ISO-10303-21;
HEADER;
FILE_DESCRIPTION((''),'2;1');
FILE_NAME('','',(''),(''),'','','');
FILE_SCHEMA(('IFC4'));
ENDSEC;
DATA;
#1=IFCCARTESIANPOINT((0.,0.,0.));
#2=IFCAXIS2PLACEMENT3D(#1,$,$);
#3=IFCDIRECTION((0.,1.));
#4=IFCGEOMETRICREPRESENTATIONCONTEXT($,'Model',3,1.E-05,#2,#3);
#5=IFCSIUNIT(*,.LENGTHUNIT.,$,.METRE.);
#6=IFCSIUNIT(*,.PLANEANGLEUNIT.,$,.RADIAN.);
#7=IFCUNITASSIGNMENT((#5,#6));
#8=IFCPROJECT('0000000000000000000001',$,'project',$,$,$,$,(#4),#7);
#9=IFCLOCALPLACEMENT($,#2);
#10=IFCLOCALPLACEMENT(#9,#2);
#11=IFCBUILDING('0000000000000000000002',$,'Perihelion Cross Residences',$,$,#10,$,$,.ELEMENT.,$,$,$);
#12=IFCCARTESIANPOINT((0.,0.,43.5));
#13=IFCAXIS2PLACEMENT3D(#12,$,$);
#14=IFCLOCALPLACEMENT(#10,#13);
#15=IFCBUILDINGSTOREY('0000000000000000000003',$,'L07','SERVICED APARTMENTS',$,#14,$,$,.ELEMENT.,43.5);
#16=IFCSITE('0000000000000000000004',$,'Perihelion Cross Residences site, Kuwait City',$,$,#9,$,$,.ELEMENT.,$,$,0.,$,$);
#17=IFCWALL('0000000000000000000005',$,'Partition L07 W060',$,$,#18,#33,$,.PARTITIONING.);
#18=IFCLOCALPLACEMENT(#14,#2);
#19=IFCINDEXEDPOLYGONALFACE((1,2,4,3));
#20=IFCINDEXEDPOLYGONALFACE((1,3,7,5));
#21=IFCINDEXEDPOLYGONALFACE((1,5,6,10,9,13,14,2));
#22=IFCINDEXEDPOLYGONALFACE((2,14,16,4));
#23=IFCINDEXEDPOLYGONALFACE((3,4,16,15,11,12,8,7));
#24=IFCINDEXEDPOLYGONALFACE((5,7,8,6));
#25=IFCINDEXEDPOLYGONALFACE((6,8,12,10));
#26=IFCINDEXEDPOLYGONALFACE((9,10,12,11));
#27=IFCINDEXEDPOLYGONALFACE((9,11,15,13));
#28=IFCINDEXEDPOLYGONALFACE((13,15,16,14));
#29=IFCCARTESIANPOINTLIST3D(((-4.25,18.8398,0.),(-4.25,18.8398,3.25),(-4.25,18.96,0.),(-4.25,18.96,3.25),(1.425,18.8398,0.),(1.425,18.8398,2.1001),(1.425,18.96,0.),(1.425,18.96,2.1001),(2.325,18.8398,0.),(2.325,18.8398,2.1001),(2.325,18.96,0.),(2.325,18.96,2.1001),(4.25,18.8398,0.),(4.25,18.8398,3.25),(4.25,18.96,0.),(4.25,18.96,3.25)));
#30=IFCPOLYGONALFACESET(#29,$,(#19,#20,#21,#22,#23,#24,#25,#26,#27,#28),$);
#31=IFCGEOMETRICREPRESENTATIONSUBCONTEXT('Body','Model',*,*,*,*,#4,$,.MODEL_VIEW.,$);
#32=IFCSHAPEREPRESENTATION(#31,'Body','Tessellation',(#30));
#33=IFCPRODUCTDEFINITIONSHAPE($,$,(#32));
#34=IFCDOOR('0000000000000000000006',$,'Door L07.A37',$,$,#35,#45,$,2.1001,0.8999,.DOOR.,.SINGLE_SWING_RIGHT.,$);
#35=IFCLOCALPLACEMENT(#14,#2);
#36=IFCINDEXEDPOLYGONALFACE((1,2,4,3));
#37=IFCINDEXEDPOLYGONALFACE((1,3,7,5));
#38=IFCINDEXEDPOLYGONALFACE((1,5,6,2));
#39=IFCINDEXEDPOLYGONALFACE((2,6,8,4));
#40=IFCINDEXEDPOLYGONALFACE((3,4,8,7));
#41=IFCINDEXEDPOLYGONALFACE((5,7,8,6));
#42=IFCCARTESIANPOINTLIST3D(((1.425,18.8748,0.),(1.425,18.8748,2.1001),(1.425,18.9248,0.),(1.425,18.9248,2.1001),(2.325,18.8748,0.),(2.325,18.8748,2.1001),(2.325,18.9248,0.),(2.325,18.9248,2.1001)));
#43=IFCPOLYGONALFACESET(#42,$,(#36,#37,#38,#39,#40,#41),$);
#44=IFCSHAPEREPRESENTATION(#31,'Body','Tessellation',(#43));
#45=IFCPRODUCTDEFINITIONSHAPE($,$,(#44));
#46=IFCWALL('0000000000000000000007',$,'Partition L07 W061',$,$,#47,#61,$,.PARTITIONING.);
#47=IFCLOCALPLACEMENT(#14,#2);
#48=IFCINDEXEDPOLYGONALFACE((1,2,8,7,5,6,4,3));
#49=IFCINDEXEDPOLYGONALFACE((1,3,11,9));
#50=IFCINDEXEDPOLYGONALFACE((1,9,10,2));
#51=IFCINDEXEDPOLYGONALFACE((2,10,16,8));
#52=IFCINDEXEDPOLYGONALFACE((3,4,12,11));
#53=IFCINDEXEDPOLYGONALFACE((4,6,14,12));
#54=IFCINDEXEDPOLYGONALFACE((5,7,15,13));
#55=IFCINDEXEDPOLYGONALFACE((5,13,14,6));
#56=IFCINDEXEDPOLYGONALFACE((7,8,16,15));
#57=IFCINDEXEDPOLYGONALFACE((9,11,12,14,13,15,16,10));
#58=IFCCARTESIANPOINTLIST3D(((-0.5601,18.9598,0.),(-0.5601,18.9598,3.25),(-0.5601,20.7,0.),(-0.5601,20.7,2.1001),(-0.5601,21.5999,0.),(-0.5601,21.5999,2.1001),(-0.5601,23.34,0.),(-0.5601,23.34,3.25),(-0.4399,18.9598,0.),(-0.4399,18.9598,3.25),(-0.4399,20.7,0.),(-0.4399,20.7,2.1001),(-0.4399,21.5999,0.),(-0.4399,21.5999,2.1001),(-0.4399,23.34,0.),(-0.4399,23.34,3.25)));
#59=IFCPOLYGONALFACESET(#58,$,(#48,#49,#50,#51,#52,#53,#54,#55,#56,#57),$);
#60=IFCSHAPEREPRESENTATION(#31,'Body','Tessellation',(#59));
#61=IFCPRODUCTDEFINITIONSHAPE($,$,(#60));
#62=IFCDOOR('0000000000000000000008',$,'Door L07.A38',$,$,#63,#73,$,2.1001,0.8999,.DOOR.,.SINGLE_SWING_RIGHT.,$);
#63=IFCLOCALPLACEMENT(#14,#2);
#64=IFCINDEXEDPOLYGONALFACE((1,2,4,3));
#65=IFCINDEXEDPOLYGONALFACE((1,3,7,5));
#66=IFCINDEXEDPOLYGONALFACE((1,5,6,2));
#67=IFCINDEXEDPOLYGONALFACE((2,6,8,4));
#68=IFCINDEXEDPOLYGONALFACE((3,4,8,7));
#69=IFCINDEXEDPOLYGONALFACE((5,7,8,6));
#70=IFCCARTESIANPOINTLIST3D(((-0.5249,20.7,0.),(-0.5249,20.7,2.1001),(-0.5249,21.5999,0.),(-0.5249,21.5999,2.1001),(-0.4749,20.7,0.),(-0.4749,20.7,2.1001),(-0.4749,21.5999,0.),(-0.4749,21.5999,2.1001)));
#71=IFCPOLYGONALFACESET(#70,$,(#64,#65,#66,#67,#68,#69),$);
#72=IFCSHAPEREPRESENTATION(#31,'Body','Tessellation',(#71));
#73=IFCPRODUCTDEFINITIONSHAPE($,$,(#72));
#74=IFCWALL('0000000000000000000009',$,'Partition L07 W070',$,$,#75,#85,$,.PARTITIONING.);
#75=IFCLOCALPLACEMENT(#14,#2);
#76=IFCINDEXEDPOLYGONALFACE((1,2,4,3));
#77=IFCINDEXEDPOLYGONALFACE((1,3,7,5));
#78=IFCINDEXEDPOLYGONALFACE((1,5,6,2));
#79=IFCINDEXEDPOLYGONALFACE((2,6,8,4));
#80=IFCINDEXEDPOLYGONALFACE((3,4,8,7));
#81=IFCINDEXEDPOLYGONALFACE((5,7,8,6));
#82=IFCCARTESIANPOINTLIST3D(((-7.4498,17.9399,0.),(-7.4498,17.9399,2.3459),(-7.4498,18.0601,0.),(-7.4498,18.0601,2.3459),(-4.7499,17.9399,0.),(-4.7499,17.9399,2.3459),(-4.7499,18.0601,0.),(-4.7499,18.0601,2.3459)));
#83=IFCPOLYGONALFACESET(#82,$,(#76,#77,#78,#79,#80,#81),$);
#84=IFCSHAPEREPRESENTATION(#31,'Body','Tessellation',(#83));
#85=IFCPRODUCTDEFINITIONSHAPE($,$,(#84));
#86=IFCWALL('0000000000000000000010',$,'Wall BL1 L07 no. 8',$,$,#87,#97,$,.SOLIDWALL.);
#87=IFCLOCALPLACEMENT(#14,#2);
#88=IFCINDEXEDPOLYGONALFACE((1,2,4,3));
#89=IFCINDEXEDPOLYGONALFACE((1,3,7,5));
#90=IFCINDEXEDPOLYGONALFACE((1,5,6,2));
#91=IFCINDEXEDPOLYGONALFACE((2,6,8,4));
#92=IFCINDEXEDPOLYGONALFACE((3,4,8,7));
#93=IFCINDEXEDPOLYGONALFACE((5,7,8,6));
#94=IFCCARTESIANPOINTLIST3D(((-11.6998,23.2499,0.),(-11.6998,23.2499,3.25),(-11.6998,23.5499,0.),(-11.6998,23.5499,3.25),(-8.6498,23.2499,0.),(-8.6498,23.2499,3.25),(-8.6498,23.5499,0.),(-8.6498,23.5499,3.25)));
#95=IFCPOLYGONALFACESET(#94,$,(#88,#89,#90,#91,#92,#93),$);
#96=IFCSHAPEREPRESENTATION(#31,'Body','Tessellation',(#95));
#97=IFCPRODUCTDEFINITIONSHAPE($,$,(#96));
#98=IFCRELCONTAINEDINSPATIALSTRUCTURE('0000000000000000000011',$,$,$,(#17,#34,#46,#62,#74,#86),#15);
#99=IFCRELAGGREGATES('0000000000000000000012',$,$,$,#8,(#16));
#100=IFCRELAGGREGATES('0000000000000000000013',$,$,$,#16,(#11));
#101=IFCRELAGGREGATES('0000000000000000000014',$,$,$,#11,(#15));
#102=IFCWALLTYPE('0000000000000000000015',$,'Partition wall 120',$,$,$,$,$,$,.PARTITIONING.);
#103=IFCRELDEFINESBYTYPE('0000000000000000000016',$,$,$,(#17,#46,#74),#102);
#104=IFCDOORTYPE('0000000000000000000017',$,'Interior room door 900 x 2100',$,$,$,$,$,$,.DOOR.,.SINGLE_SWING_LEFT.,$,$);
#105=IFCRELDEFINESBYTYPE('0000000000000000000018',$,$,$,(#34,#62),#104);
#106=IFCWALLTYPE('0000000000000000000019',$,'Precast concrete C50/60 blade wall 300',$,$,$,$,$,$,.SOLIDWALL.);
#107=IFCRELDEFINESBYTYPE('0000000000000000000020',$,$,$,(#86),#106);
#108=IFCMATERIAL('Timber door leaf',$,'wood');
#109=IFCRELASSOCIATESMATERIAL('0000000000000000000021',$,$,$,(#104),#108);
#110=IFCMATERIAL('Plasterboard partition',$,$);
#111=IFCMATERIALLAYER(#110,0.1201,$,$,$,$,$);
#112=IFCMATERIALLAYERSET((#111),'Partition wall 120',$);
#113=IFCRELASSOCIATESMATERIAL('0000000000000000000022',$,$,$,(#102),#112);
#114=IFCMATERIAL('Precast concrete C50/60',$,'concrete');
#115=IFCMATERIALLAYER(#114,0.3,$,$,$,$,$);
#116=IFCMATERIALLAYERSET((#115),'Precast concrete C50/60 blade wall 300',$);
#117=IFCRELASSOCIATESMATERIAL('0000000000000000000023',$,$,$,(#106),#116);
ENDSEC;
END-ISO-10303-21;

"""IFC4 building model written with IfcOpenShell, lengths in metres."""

from ifc_helpers import new_model, si_unit, direction, frame, frame_2d, origin, place, context, subcontext, project, spatial, rectangle, extrude, material, layer, layer_set, type_object, element, fill, save


model = new_model("IFC4")

# Units and contexts
model_context = context("Model", 3, precision=1e-05, world=origin(), true_north=direction((0.0, 1.0)))
body_context = subcontext(model_context, "Body", "Model", "MODEL_VIEW")
ifc_project = project(units=[si_unit("LENGTHUNIT", "METRE"), si_unit("PLANEANGLEUNIT", "RADIAN")], contexts=[model_context])

# Site, building, storey
site_placement = place(None, origin())
site = spatial("IfcSite", under=ifc_project, at=site_placement, Name="Perihelion Cross Residences site, Kuwait City", CompositionType="ELEMENT", RefElevation=0.0)
building_placement = place(site_placement, origin())
building = spatial("IfcBuilding", under=site, at=building_placement, Name="Perihelion Cross Residences", CompositionType="ELEMENT")
storey_placement = place(building_placement, frame((0.0, 0.0, 43.5)))
storey = spatial("IfcBuildingStorey", under=building, at=storey_placement, Name="L07", Description="SERVICED APARTMENTS", CompositionType="ELEMENT", Elevation=43.5)

# Walls, openings, doors
ifc_material_1 = material(Name="Timber door leaf", Category="wood")
door_type_1 = type_object("IfcDoorType", Name="Interior room door 900 x 2100", OperationType="SINGLE_SWING_LEFT", PredefinedType="DOOR", material=ifc_material_1)
ifc_material_2 = material(Name="Plasterboard partition")
ifc_layer_1 = layer(ifc_material_2, 0.1201)
ifc_layer_set_1 = layer_set([ifc_layer_1], Name="Partition wall 120")
wall_type_1 = type_object("IfcWallType", Name="Partition wall 120", PredefinedType="PARTITIONING", material=ifc_layer_set_1)
wall_1_placement = place(storey_placement, frame((-4.25, 18.8999, 0.0), z_axis=(0.0, 0.0, 1.0), x_axis=(1.0, 0.0, 0.0)))
wall_1 = element("IfcWall", 1, at=wall_1_placement, inside=storey, type_object=wall_type_1, Name="Partition L07 W060", PredefinedType="PARTITIONING", context=body_context, shape_type="SweptSolid", body=[
    extrude(rectangle(XDim=8.5, YDim=0.1201, at=frame_2d((4.25, 0.0))), origin(), (0.0, 0.0, 1.0), 3.25),
])
opening_1_placement = place(wall_1_placement, frame((5.675, 0.0, 0.0)))
opening_1 = element("IfcOpeningElement", 2, at=opening_1_placement, cuts=wall_1, PredefinedType="OPENING", context=body_context, shape_type="SweptSolid", body=[
    extrude(rectangle(XDim=0.8999, YDim=2.1001, at=frame_2d((0.45, 1.05))), frame((0.0, 0.0701, 0.0), z_axis=(0.0, -1.0, 0.0), x_axis=(1.0, 0.0, 0.0)), (0.0, 0.0, 1.0), 0.1401),
])
door_1_placement = place(opening_1_placement, origin())
door_1 = element("IfcDoor", 3, at=door_1_placement, inside=storey, type_object=door_type_1, Name="Door L07.A37", OperationType="SINGLE_SWING_RIGHT", OverallHeight=2.1001, OverallWidth=0.8999, PredefinedType="DOOR", context=body_context, shape_type="SweptSolid", body=[
    extrude(rectangle(XDim=0.8999, YDim=2.1001, at=frame_2d((0.45, 1.05))), frame((0.0, 0.0249, 0.0), z_axis=(0.0, -1.0, 0.0), x_axis=(1.0, 0.0, 0.0)), (0.0, 0.0, 1.0), 0.05),
])
fill(opening_1, door_1)
wall_2_placement = place(storey_placement, frame((-0.5, 18.96, 0.0), z_axis=(0.0, 0.0, 1.0), x_axis=(0.0, 1.0, 0.0)))
wall_2 = element("IfcWall", 4, at=wall_2_placement, inside=storey, type_object=wall_type_1, Name="Partition L07 W061", PredefinedType="PARTITIONING", context=body_context, shape_type="SweptSolid", body=[
    extrude(rectangle(XDim=4.3801, YDim=0.1201, at=frame_2d((2.1899, 0.0))), origin(), (0.0, 0.0, 1.0), 3.25),
])
opening_2_placement = place(wall_2_placement, frame((1.74, 0.0, 0.0)))
opening_2 = element("IfcOpeningElement", 5, at=opening_2_placement, cuts=wall_2, PredefinedType="OPENING", context=body_context, shape_type="SweptSolid", body=[
    extrude(rectangle(XDim=0.8999, YDim=2.1001, at=frame_2d((0.45, 1.05))), frame((0.0, 0.0701, 0.0), z_axis=(0.0, -1.0, 0.0), x_axis=(1.0, 0.0, 0.0)), (0.0, 0.0, 1.0), 0.1401),
])
door_2_placement = place(opening_2_placement, origin())
door_2 = element("IfcDoor", 6, at=door_2_placement, inside=storey, type_object=door_type_1, Name="Door L07.A38", OperationType="SINGLE_SWING_RIGHT", OverallHeight=2.1001, OverallWidth=0.8999, PredefinedType="DOOR", context=body_context, shape_type="SweptSolid", body=[
    extrude(rectangle(XDim=0.8999, YDim=2.1001, at=frame_2d((0.45, 1.05))), frame((0.0, 0.0249, 0.0), z_axis=(0.0, -1.0, 0.0), x_axis=(1.0, 0.0, 0.0)), (0.0, 0.0, 1.0), 0.05),
])
fill(opening_2, door_2)

# Walls
wall_3_placement = place(storey_placement, frame((-7.45, 18.0, 0.0), z_axis=(0.0, 0.0, 1.0), x_axis=(1.0, 0.0, 0.0)))
element("IfcWall", 7, at=wall_3_placement, inside=storey, type_object=wall_type_1, Name="Partition L07 W070", PredefinedType="PARTITIONING", context=body_context, shape_type="SweptSolid", body=[
    extrude(rectangle(XDim=2.7, YDim=0.1201, at=frame_2d((1.3501, 0.0))), origin(), (0.0, 0.0, 1.0), 2.3459),
])
ifc_material_3 = material(Name="Precast concrete C50/60", Category="concrete")
ifc_layer_2 = layer(ifc_material_3, 0.3)
ifc_layer_set_2 = layer_set([ifc_layer_2], Name="Precast concrete C50/60 blade wall 300")
wall_type_2 = type_object("IfcWallType", Name="Precast concrete C50/60 blade wall 300", PredefinedType="SOLIDWALL", material=ifc_layer_set_2)
wall_4_placement = place(storey_placement, frame((-8.6499, 23.3999, 0.0), z_axis=(0.0, 0.0, 1.0), x_axis=(-1.0, 0.0, 0.0)))
element("IfcWall", 8, at=wall_4_placement, inside=storey, type_object=wall_type_2, Name="Wall BL1 L07 no. 8", PredefinedType="SOLIDWALL", context=body_context, shape_type="SweptSolid", body=[
    extrude(rectangle(XDim=3.05, YDim=0.3, at=frame_2d((1.5249, 0.0))), origin(), (0.0, 0.0, 1.0), 3.25),
])

save(model, "model.ifc")
